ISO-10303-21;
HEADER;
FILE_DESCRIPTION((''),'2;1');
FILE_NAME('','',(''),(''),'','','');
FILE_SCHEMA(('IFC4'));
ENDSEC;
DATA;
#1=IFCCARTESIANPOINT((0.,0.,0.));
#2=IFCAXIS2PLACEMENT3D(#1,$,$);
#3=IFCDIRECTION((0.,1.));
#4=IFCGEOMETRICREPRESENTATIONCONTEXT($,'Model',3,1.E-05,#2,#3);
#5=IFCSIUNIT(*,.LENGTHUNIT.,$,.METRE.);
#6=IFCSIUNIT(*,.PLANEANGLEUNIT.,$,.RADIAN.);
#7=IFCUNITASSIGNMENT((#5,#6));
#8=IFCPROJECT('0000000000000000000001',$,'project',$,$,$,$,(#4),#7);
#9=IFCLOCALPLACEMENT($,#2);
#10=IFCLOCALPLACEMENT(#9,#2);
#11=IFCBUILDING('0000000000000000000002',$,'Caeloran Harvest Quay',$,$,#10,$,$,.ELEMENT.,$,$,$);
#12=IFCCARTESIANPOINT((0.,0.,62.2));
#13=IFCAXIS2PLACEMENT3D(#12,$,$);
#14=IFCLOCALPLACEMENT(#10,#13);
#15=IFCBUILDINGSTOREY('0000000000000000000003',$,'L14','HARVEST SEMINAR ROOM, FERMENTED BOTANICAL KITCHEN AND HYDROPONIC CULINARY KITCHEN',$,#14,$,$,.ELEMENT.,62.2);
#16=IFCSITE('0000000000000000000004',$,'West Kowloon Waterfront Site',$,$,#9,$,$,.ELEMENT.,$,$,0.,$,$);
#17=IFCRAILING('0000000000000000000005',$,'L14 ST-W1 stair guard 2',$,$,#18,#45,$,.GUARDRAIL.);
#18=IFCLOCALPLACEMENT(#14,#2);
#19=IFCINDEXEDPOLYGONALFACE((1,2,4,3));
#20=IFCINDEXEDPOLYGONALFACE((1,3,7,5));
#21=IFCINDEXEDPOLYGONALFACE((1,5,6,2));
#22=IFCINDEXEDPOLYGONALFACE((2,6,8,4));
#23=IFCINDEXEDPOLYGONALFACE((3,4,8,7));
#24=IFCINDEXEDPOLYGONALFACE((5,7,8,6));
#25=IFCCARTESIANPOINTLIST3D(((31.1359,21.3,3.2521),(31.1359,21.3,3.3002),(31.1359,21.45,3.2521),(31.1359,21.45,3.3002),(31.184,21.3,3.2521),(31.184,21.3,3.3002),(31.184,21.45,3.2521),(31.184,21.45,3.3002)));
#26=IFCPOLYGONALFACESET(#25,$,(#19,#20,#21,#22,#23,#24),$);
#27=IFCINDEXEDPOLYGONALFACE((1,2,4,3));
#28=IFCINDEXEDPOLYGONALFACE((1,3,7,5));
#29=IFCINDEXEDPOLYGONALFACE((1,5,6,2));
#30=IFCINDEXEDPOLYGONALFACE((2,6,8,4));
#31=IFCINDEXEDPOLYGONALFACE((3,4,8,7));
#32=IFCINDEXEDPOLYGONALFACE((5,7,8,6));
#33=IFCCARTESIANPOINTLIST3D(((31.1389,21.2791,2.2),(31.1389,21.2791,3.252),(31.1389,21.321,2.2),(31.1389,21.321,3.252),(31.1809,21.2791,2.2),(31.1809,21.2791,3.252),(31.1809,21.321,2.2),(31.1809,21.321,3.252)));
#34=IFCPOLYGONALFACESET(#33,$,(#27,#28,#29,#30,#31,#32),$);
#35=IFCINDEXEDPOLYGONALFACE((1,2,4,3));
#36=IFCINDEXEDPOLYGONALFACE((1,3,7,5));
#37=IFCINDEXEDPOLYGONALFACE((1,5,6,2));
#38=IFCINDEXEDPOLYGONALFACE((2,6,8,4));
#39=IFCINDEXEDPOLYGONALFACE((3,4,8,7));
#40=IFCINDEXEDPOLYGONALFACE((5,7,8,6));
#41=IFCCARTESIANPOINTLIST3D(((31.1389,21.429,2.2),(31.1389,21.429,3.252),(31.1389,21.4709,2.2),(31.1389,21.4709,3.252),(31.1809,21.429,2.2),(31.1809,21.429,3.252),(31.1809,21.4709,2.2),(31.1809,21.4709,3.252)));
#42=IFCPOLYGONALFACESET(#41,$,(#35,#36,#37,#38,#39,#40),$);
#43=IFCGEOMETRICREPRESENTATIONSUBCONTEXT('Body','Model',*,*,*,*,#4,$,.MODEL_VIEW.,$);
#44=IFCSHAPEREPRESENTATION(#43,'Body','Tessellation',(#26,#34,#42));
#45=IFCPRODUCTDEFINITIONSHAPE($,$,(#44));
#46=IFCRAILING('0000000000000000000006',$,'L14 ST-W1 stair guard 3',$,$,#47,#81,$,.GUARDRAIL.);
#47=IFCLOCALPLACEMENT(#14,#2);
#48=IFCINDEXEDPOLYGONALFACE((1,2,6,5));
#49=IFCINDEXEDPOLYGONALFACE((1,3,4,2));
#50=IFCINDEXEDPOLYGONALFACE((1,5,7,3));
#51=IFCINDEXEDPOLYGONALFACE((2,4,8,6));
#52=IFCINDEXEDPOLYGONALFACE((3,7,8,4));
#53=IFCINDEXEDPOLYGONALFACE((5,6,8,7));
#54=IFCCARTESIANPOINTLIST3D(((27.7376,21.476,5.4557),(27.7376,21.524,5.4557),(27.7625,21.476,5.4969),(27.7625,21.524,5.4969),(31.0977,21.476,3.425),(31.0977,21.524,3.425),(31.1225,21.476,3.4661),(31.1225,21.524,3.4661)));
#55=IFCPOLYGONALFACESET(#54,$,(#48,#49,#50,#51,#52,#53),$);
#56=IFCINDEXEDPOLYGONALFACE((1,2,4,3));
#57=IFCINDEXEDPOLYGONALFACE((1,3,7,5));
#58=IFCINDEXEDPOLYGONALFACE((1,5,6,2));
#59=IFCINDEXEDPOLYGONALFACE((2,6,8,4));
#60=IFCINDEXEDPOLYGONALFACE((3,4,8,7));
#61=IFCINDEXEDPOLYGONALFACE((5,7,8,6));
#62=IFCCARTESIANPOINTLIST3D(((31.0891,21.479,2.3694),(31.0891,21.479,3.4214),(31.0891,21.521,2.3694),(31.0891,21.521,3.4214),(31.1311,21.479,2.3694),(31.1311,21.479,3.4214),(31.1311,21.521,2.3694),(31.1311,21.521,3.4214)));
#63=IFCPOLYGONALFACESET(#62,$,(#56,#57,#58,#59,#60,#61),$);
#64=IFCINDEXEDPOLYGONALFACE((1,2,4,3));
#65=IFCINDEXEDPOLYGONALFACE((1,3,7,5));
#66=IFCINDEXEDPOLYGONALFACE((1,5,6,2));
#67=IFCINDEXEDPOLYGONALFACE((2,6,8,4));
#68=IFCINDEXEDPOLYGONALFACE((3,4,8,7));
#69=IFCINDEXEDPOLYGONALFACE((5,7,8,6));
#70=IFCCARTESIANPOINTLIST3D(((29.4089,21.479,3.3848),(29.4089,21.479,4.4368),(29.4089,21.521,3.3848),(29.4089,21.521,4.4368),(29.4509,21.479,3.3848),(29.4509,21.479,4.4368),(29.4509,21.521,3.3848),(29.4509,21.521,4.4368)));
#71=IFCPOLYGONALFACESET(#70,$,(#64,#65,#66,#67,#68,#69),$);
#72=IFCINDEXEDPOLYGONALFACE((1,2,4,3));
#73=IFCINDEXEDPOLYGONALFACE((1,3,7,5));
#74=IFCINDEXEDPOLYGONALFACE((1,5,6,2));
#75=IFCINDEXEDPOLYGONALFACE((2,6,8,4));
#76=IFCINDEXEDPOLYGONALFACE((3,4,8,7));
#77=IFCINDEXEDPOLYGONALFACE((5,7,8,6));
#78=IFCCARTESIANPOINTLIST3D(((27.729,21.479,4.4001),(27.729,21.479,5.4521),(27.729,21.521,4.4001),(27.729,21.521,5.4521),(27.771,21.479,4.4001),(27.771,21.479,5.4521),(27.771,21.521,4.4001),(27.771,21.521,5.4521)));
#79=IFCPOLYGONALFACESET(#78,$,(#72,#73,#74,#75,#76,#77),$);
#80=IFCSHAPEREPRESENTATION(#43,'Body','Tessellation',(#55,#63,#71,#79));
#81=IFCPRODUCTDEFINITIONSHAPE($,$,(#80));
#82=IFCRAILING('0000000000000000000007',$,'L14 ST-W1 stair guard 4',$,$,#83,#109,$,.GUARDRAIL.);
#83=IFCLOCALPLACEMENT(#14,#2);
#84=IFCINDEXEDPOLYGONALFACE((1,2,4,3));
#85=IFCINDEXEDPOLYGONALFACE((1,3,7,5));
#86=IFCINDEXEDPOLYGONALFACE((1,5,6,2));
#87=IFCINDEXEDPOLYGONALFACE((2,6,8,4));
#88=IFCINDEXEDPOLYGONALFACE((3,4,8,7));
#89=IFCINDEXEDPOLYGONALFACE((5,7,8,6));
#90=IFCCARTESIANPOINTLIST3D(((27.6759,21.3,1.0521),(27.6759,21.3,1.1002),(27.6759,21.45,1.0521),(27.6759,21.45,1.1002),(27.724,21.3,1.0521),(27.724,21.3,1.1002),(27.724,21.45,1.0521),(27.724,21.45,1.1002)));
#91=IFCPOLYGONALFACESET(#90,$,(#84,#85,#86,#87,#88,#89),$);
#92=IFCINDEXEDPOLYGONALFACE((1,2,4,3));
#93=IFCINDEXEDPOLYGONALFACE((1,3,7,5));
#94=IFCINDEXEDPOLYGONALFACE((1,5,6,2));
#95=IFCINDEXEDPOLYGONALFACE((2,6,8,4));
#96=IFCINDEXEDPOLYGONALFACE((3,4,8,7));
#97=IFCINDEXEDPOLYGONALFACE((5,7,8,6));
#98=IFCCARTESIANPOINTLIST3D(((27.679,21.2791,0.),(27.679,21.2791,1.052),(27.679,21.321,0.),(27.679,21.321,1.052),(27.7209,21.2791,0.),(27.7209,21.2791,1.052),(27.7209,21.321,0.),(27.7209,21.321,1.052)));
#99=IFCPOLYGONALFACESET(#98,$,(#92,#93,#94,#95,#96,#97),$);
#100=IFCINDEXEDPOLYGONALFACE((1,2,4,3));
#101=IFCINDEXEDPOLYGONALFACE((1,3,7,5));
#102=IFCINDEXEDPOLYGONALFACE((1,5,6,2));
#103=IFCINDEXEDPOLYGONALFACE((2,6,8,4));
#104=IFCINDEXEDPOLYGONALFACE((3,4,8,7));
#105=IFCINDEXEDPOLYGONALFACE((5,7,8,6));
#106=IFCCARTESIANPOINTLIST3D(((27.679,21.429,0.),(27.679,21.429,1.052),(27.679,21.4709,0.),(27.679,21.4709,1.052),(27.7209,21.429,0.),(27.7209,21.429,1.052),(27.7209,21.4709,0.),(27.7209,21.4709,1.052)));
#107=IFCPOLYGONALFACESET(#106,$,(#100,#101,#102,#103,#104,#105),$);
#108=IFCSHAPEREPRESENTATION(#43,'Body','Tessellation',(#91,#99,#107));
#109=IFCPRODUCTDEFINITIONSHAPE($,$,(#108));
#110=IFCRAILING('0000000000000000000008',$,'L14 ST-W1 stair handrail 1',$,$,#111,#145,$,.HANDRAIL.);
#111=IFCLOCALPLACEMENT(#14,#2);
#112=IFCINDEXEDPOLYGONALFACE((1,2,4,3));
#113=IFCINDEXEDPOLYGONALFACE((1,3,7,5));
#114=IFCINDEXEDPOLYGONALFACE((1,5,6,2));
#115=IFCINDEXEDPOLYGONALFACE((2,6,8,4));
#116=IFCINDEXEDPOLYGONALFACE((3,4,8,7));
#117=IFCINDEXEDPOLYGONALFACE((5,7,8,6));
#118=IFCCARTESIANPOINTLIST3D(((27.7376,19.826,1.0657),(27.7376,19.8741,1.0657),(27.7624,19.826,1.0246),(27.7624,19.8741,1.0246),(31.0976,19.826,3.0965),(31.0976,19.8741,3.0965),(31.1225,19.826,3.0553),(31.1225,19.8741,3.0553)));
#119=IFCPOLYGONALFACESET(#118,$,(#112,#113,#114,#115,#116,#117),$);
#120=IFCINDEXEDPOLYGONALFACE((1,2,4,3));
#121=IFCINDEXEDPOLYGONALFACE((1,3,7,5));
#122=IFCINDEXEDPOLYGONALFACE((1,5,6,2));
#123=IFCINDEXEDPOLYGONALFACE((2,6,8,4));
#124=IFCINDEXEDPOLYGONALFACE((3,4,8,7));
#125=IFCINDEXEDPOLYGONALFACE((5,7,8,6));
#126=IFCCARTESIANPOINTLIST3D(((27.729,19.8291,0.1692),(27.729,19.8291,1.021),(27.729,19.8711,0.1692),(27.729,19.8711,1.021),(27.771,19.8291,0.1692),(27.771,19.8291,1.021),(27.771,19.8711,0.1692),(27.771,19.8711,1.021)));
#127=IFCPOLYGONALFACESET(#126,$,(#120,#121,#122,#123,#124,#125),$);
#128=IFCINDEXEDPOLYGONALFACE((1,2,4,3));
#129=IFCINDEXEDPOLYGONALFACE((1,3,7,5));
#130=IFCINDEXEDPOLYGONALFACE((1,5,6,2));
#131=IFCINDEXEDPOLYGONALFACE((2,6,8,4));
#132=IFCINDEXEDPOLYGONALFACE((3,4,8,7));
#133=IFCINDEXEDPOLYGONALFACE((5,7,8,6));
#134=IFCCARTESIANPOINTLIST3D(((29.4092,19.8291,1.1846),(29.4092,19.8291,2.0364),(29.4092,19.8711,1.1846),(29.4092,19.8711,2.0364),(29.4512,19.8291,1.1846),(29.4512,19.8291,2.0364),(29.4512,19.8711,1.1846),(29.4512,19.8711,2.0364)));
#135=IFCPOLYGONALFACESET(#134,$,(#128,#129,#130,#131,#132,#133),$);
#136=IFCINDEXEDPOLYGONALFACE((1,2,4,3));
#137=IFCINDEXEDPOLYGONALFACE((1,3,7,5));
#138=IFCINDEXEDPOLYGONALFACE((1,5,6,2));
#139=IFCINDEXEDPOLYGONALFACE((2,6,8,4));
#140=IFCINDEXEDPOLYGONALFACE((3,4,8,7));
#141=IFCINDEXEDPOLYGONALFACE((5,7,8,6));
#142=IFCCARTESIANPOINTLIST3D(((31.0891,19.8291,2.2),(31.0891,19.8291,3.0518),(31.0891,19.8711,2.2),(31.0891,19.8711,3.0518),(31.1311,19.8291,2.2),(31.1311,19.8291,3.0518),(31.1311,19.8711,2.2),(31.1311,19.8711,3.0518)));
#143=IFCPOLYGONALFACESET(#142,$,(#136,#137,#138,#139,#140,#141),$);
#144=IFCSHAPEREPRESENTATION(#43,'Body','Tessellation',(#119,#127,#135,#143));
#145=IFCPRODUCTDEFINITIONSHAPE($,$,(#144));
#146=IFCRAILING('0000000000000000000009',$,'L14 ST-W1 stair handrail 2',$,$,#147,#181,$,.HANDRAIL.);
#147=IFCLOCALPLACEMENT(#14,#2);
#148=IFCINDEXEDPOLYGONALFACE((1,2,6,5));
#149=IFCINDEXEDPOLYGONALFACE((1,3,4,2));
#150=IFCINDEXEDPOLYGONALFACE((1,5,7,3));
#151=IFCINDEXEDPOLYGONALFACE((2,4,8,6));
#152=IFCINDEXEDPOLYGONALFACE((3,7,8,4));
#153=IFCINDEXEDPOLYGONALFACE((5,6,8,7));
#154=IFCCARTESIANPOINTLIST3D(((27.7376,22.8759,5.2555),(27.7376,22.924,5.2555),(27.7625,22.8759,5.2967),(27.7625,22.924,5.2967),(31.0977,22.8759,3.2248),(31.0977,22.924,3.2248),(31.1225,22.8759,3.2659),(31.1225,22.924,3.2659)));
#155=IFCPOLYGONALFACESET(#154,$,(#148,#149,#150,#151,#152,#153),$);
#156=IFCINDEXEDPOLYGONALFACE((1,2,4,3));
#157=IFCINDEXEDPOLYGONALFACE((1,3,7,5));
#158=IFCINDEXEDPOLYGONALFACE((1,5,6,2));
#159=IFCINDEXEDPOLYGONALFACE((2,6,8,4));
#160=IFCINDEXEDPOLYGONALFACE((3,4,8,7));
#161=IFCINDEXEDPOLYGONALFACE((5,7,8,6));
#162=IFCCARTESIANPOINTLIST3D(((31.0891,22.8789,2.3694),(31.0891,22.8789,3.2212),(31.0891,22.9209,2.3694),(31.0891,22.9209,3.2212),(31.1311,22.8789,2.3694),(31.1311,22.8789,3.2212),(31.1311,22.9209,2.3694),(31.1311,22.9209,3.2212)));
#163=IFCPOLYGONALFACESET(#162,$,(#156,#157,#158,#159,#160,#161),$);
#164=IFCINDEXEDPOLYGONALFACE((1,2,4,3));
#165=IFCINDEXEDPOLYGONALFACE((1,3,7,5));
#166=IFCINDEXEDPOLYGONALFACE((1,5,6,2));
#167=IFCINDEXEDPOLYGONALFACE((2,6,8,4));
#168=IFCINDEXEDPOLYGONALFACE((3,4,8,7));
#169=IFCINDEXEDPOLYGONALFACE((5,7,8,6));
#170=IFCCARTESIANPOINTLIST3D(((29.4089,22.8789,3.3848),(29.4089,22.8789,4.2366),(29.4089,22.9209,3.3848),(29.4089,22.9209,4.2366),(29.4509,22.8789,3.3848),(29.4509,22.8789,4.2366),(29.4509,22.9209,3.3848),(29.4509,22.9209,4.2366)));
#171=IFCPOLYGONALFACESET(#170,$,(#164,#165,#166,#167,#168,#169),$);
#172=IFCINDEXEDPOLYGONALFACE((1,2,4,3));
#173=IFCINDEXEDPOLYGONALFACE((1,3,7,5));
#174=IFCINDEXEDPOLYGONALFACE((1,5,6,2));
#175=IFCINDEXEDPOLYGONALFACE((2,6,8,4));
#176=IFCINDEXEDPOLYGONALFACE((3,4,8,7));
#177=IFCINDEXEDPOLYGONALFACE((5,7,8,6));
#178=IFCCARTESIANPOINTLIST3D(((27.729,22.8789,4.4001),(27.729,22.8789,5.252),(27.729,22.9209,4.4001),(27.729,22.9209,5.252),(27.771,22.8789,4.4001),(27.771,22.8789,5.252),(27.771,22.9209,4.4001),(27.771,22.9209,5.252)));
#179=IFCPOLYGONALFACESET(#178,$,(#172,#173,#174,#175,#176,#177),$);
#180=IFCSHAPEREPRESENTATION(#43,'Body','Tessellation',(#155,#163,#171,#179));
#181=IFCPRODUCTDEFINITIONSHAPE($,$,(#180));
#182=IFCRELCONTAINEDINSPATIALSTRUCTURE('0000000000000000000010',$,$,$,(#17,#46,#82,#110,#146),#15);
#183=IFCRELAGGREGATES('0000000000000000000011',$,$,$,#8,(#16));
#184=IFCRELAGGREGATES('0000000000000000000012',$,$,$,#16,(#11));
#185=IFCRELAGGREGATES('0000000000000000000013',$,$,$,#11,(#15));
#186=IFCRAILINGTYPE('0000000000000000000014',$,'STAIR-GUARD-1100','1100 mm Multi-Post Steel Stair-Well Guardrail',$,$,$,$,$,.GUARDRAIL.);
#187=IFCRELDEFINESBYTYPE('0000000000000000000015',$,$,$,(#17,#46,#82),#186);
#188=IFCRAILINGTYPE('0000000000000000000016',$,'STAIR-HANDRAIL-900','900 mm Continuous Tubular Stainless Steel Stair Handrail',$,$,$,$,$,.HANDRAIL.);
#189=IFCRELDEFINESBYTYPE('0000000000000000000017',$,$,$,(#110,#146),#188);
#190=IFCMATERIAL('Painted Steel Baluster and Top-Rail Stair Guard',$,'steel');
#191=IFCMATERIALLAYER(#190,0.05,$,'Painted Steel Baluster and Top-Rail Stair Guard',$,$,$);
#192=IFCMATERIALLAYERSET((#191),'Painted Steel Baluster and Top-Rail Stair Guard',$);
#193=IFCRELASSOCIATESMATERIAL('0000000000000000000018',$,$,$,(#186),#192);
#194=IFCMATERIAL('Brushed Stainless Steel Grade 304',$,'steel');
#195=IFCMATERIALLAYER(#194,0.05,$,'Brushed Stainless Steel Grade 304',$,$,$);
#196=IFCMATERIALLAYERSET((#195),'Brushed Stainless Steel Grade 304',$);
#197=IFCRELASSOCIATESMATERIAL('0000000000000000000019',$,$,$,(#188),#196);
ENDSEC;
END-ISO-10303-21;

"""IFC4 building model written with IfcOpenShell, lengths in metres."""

from ifc_helpers import new_model, si_unit, direction, frame, origin, origin_2d, place, context, subcontext, project, spatial, rectangle, extrude, material, layer, layer_set, type_object, element, save


model = new_model("IFC4")

# Units and contexts
model_context = context("Model", 3, precision=1e-05, world=origin(), true_north=direction((0.0, 1.0)))
body_context = subcontext(model_context, "Body", "Model", "MODEL_VIEW")
ifc_project = project(units=[si_unit("LENGTHUNIT", "METRE"), si_unit("PLANEANGLEUNIT", "RADIAN")], contexts=[model_context])

# Site, building, storey
site_placement = place(None, origin())
site = spatial("IfcSite", under=ifc_project, at=site_placement, Name="West Kowloon Waterfront Site", CompositionType="ELEMENT", RefElevation=0.0)
building_placement = place(site_placement, origin())
building = spatial("IfcBuilding", under=site, at=building_placement, Name="Caeloran Harvest Quay", CompositionType="ELEMENT")
storey_placement = place(building_placement, frame((0.0, 0.0, 62.2)))
storey = spatial("IfcBuildingStorey", under=building, at=storey_placement, Name="L14", Description="HARVEST SEMINAR ROOM, FERMENTED BOTANICAL KITCHEN AND HYDROPONIC CULINARY KITCHEN", CompositionType="ELEMENT", Elevation=62.2)

# Railings
ifc_material_1 = material(Name="Painted Steel Baluster and Top-Rail Stair Guard", Category="steel")
ifc_layer_1 = layer(ifc_material_1, 0.05, Name="Painted Steel Baluster and Top-Rail Stair Guard")
ifc_layer_set_1 = layer_set([ifc_layer_1], Name="Painted Steel Baluster and Top-Rail Stair Guard")
railing_type_1 = type_object("IfcRailingType", Name="STAIR-GUARD-1100", Description="1100 mm Multi-Post Steel Stair-Well Guardrail", PredefinedType="GUARDRAIL", material=ifc_layer_set_1)
railing_1_placement = place(storey_placement, frame((31.1599, 21.3, 2.2)))
element("IfcRailing", 1, at=railing_1_placement, inside=storey, type_object=railing_type_1, Name="L14 ST-W1 stair guard 2", PredefinedType="GUARDRAIL", context=body_context, shape_type="SweptSolid", body=[
    extrude(rectangle(XDim=0.0481, YDim=0.0481, at=origin_2d()), frame((0.0, 0.0, 1.0762), z_axis=(0.0, 1.0, 0.0), x_axis=(-1.0, 0.0, 0.0)), (0.0, 0.0, 1.0), 0.1499),
    extrude(rectangle(XDim=0.042, YDim=0.042, at=origin_2d()), origin(), (0.0, 0.0, 1.0), 1.052),
    extrude(rectangle(XDim=0.042, YDim=0.042, at=origin_2d()), frame((0.0, 0.1499, 0.0)), (0.0, 0.0, 1.0), 1.052),
])
railing_2_placement = place(storey_placement, frame((31.1101, 21.5, 2.3694)))
element("IfcRailing", 2, at=railing_2_placement, inside=storey, type_object=railing_type_1, Name="L14 ST-W1 stair guard 3", PredefinedType="GUARDRAIL", context=body_context, shape_type="SweptSolid", body=[
    extrude(rectangle(XDim=0.0481, YDim=0.0481, at=origin_2d()), frame((0.0, 0.0, 1.0762), z_axis=(-0.855837, 0.0, 0.517246), x_axis=(0.0, -1.0, 0.0)), (0.0, 0.0, 1.0), 3.926),
    extrude(rectangle(XDim=0.042, YDim=0.042, at=origin_2d()), origin(), (0.0, 0.0, 1.0), 1.052),
    extrude(rectangle(XDim=0.042, YDim=0.042, at=origin_2d()), frame((-1.6802, 0.0, 1.0154)), (0.0, 0.0, 1.0), 1.052),
    extrude(rectangle(XDim=0.042, YDim=0.042, at=origin_2d()), frame((-3.3601, 0.0, 2.0308)), (0.0, 0.0, 1.0), 1.052),
])
railing_3_placement = place(storey_placement, frame((27.7, 21.3, 0.0)))
element("IfcRailing", 3, at=railing_3_placement, inside=storey, type_object=railing_type_1, Name="L14 ST-W1 stair guard 4", PredefinedType="GUARDRAIL", context=body_context, shape_type="SweptSolid", body=[
    extrude(rectangle(XDim=0.0481, YDim=0.0481, at=origin_2d()), frame((0.0, 0.0, 1.0762), z_axis=(0.0, 1.0, 0.0), x_axis=(-1.0, 0.0, 0.0)), (0.0, 0.0, 1.0), 0.1499),
    extrude(rectangle(XDim=0.042, YDim=0.042, at=origin_2d()), origin(), (0.0, 0.0, 1.0), 1.052),
    extrude(rectangle(XDim=0.042, YDim=0.042, at=origin_2d()), frame((0.0, 0.1499, 0.0)), (0.0, 0.0, 1.0), 1.052),
])
ifc_material_2 = material(Name="Brushed Stainless Steel Grade 304", Category="steel")
ifc_layer_2 = layer(ifc_material_2, 0.05, Name="Brushed Stainless Steel Grade 304")
ifc_layer_set_2 = layer_set([ifc_layer_2], Name="Brushed Stainless Steel Grade 304")
railing_type_2 = type_object("IfcRailingType", Name="STAIR-HANDRAIL-900", Description="900 mm Continuous Tubular Stainless Steel Stair Handrail", PredefinedType="HANDRAIL", material=ifc_layer_set_2)
railing_4_placement = place(storey_placement, frame((27.75, 19.8501, 0.1692)))
element("IfcRailing", 4, at=railing_4_placement, inside=storey, type_object=railing_type_2, Name="L14 ST-W1 stair handrail 1", PredefinedType="HANDRAIL", context=body_context, shape_type="SweptSolid", body=[
    extrude(rectangle(XDim=0.0481, YDim=0.0481, at=origin_2d()), frame((0.0, 0.0, 0.876), z_axis=(0.855837, 0.0, 0.517246), x_axis=(0.0, 1.0, 0.0)), (0.0, 0.0, 1.0), 3.926),
    extrude(rectangle(XDim=0.042, YDim=0.042, at=origin_2d()), origin(), (0.0, 0.0, 1.0), 0.8518),
    extrude(rectangle(XDim=0.042, YDim=0.042, at=origin_2d()), frame((1.6802, 0.0, 1.0154)), (0.0, 0.0, 1.0), 0.8518),
    extrude(rectangle(XDim=0.042, YDim=0.042, at=origin_2d()), frame((3.3601, 0.0, 2.0308)), (0.0, 0.0, 1.0), 0.8518),
])
railing_5_placement = place(storey_placement, frame((31.1101, 22.8999, 2.3694)))
element("IfcRailing", 5, at=railing_5_placement, inside=storey, type_object=railing_type_2, Name="L14 ST-W1 stair handrail 2", PredefinedType="HANDRAIL", context=body_context, shape_type="SweptSolid", body=[
    extrude(rectangle(XDim=0.0481, YDim=0.0481, at=origin_2d()), frame((0.0, 0.0, 0.876), z_axis=(-0.855837, 0.0, 0.517246), x_axis=(0.0, -1.0, 0.0)), (0.0, 0.0, 1.0), 3.926),
    extrude(rectangle(XDim=0.042, YDim=0.042, at=origin_2d()), origin(), (0.0, 0.0, 1.0), 0.8518),
    extrude(rectangle(XDim=0.042, YDim=0.042, at=origin_2d()), frame((-1.6802, 0.0, 1.0154)), (0.0, 0.0, 1.0), 0.8518),
    extrude(rectangle(XDim=0.042, YDim=0.042, at=origin_2d()), frame((-3.3601, 0.0, 2.0308)), (0.0, 0.0, 1.0), 0.8518),
])

save(model, "model.ifc")
